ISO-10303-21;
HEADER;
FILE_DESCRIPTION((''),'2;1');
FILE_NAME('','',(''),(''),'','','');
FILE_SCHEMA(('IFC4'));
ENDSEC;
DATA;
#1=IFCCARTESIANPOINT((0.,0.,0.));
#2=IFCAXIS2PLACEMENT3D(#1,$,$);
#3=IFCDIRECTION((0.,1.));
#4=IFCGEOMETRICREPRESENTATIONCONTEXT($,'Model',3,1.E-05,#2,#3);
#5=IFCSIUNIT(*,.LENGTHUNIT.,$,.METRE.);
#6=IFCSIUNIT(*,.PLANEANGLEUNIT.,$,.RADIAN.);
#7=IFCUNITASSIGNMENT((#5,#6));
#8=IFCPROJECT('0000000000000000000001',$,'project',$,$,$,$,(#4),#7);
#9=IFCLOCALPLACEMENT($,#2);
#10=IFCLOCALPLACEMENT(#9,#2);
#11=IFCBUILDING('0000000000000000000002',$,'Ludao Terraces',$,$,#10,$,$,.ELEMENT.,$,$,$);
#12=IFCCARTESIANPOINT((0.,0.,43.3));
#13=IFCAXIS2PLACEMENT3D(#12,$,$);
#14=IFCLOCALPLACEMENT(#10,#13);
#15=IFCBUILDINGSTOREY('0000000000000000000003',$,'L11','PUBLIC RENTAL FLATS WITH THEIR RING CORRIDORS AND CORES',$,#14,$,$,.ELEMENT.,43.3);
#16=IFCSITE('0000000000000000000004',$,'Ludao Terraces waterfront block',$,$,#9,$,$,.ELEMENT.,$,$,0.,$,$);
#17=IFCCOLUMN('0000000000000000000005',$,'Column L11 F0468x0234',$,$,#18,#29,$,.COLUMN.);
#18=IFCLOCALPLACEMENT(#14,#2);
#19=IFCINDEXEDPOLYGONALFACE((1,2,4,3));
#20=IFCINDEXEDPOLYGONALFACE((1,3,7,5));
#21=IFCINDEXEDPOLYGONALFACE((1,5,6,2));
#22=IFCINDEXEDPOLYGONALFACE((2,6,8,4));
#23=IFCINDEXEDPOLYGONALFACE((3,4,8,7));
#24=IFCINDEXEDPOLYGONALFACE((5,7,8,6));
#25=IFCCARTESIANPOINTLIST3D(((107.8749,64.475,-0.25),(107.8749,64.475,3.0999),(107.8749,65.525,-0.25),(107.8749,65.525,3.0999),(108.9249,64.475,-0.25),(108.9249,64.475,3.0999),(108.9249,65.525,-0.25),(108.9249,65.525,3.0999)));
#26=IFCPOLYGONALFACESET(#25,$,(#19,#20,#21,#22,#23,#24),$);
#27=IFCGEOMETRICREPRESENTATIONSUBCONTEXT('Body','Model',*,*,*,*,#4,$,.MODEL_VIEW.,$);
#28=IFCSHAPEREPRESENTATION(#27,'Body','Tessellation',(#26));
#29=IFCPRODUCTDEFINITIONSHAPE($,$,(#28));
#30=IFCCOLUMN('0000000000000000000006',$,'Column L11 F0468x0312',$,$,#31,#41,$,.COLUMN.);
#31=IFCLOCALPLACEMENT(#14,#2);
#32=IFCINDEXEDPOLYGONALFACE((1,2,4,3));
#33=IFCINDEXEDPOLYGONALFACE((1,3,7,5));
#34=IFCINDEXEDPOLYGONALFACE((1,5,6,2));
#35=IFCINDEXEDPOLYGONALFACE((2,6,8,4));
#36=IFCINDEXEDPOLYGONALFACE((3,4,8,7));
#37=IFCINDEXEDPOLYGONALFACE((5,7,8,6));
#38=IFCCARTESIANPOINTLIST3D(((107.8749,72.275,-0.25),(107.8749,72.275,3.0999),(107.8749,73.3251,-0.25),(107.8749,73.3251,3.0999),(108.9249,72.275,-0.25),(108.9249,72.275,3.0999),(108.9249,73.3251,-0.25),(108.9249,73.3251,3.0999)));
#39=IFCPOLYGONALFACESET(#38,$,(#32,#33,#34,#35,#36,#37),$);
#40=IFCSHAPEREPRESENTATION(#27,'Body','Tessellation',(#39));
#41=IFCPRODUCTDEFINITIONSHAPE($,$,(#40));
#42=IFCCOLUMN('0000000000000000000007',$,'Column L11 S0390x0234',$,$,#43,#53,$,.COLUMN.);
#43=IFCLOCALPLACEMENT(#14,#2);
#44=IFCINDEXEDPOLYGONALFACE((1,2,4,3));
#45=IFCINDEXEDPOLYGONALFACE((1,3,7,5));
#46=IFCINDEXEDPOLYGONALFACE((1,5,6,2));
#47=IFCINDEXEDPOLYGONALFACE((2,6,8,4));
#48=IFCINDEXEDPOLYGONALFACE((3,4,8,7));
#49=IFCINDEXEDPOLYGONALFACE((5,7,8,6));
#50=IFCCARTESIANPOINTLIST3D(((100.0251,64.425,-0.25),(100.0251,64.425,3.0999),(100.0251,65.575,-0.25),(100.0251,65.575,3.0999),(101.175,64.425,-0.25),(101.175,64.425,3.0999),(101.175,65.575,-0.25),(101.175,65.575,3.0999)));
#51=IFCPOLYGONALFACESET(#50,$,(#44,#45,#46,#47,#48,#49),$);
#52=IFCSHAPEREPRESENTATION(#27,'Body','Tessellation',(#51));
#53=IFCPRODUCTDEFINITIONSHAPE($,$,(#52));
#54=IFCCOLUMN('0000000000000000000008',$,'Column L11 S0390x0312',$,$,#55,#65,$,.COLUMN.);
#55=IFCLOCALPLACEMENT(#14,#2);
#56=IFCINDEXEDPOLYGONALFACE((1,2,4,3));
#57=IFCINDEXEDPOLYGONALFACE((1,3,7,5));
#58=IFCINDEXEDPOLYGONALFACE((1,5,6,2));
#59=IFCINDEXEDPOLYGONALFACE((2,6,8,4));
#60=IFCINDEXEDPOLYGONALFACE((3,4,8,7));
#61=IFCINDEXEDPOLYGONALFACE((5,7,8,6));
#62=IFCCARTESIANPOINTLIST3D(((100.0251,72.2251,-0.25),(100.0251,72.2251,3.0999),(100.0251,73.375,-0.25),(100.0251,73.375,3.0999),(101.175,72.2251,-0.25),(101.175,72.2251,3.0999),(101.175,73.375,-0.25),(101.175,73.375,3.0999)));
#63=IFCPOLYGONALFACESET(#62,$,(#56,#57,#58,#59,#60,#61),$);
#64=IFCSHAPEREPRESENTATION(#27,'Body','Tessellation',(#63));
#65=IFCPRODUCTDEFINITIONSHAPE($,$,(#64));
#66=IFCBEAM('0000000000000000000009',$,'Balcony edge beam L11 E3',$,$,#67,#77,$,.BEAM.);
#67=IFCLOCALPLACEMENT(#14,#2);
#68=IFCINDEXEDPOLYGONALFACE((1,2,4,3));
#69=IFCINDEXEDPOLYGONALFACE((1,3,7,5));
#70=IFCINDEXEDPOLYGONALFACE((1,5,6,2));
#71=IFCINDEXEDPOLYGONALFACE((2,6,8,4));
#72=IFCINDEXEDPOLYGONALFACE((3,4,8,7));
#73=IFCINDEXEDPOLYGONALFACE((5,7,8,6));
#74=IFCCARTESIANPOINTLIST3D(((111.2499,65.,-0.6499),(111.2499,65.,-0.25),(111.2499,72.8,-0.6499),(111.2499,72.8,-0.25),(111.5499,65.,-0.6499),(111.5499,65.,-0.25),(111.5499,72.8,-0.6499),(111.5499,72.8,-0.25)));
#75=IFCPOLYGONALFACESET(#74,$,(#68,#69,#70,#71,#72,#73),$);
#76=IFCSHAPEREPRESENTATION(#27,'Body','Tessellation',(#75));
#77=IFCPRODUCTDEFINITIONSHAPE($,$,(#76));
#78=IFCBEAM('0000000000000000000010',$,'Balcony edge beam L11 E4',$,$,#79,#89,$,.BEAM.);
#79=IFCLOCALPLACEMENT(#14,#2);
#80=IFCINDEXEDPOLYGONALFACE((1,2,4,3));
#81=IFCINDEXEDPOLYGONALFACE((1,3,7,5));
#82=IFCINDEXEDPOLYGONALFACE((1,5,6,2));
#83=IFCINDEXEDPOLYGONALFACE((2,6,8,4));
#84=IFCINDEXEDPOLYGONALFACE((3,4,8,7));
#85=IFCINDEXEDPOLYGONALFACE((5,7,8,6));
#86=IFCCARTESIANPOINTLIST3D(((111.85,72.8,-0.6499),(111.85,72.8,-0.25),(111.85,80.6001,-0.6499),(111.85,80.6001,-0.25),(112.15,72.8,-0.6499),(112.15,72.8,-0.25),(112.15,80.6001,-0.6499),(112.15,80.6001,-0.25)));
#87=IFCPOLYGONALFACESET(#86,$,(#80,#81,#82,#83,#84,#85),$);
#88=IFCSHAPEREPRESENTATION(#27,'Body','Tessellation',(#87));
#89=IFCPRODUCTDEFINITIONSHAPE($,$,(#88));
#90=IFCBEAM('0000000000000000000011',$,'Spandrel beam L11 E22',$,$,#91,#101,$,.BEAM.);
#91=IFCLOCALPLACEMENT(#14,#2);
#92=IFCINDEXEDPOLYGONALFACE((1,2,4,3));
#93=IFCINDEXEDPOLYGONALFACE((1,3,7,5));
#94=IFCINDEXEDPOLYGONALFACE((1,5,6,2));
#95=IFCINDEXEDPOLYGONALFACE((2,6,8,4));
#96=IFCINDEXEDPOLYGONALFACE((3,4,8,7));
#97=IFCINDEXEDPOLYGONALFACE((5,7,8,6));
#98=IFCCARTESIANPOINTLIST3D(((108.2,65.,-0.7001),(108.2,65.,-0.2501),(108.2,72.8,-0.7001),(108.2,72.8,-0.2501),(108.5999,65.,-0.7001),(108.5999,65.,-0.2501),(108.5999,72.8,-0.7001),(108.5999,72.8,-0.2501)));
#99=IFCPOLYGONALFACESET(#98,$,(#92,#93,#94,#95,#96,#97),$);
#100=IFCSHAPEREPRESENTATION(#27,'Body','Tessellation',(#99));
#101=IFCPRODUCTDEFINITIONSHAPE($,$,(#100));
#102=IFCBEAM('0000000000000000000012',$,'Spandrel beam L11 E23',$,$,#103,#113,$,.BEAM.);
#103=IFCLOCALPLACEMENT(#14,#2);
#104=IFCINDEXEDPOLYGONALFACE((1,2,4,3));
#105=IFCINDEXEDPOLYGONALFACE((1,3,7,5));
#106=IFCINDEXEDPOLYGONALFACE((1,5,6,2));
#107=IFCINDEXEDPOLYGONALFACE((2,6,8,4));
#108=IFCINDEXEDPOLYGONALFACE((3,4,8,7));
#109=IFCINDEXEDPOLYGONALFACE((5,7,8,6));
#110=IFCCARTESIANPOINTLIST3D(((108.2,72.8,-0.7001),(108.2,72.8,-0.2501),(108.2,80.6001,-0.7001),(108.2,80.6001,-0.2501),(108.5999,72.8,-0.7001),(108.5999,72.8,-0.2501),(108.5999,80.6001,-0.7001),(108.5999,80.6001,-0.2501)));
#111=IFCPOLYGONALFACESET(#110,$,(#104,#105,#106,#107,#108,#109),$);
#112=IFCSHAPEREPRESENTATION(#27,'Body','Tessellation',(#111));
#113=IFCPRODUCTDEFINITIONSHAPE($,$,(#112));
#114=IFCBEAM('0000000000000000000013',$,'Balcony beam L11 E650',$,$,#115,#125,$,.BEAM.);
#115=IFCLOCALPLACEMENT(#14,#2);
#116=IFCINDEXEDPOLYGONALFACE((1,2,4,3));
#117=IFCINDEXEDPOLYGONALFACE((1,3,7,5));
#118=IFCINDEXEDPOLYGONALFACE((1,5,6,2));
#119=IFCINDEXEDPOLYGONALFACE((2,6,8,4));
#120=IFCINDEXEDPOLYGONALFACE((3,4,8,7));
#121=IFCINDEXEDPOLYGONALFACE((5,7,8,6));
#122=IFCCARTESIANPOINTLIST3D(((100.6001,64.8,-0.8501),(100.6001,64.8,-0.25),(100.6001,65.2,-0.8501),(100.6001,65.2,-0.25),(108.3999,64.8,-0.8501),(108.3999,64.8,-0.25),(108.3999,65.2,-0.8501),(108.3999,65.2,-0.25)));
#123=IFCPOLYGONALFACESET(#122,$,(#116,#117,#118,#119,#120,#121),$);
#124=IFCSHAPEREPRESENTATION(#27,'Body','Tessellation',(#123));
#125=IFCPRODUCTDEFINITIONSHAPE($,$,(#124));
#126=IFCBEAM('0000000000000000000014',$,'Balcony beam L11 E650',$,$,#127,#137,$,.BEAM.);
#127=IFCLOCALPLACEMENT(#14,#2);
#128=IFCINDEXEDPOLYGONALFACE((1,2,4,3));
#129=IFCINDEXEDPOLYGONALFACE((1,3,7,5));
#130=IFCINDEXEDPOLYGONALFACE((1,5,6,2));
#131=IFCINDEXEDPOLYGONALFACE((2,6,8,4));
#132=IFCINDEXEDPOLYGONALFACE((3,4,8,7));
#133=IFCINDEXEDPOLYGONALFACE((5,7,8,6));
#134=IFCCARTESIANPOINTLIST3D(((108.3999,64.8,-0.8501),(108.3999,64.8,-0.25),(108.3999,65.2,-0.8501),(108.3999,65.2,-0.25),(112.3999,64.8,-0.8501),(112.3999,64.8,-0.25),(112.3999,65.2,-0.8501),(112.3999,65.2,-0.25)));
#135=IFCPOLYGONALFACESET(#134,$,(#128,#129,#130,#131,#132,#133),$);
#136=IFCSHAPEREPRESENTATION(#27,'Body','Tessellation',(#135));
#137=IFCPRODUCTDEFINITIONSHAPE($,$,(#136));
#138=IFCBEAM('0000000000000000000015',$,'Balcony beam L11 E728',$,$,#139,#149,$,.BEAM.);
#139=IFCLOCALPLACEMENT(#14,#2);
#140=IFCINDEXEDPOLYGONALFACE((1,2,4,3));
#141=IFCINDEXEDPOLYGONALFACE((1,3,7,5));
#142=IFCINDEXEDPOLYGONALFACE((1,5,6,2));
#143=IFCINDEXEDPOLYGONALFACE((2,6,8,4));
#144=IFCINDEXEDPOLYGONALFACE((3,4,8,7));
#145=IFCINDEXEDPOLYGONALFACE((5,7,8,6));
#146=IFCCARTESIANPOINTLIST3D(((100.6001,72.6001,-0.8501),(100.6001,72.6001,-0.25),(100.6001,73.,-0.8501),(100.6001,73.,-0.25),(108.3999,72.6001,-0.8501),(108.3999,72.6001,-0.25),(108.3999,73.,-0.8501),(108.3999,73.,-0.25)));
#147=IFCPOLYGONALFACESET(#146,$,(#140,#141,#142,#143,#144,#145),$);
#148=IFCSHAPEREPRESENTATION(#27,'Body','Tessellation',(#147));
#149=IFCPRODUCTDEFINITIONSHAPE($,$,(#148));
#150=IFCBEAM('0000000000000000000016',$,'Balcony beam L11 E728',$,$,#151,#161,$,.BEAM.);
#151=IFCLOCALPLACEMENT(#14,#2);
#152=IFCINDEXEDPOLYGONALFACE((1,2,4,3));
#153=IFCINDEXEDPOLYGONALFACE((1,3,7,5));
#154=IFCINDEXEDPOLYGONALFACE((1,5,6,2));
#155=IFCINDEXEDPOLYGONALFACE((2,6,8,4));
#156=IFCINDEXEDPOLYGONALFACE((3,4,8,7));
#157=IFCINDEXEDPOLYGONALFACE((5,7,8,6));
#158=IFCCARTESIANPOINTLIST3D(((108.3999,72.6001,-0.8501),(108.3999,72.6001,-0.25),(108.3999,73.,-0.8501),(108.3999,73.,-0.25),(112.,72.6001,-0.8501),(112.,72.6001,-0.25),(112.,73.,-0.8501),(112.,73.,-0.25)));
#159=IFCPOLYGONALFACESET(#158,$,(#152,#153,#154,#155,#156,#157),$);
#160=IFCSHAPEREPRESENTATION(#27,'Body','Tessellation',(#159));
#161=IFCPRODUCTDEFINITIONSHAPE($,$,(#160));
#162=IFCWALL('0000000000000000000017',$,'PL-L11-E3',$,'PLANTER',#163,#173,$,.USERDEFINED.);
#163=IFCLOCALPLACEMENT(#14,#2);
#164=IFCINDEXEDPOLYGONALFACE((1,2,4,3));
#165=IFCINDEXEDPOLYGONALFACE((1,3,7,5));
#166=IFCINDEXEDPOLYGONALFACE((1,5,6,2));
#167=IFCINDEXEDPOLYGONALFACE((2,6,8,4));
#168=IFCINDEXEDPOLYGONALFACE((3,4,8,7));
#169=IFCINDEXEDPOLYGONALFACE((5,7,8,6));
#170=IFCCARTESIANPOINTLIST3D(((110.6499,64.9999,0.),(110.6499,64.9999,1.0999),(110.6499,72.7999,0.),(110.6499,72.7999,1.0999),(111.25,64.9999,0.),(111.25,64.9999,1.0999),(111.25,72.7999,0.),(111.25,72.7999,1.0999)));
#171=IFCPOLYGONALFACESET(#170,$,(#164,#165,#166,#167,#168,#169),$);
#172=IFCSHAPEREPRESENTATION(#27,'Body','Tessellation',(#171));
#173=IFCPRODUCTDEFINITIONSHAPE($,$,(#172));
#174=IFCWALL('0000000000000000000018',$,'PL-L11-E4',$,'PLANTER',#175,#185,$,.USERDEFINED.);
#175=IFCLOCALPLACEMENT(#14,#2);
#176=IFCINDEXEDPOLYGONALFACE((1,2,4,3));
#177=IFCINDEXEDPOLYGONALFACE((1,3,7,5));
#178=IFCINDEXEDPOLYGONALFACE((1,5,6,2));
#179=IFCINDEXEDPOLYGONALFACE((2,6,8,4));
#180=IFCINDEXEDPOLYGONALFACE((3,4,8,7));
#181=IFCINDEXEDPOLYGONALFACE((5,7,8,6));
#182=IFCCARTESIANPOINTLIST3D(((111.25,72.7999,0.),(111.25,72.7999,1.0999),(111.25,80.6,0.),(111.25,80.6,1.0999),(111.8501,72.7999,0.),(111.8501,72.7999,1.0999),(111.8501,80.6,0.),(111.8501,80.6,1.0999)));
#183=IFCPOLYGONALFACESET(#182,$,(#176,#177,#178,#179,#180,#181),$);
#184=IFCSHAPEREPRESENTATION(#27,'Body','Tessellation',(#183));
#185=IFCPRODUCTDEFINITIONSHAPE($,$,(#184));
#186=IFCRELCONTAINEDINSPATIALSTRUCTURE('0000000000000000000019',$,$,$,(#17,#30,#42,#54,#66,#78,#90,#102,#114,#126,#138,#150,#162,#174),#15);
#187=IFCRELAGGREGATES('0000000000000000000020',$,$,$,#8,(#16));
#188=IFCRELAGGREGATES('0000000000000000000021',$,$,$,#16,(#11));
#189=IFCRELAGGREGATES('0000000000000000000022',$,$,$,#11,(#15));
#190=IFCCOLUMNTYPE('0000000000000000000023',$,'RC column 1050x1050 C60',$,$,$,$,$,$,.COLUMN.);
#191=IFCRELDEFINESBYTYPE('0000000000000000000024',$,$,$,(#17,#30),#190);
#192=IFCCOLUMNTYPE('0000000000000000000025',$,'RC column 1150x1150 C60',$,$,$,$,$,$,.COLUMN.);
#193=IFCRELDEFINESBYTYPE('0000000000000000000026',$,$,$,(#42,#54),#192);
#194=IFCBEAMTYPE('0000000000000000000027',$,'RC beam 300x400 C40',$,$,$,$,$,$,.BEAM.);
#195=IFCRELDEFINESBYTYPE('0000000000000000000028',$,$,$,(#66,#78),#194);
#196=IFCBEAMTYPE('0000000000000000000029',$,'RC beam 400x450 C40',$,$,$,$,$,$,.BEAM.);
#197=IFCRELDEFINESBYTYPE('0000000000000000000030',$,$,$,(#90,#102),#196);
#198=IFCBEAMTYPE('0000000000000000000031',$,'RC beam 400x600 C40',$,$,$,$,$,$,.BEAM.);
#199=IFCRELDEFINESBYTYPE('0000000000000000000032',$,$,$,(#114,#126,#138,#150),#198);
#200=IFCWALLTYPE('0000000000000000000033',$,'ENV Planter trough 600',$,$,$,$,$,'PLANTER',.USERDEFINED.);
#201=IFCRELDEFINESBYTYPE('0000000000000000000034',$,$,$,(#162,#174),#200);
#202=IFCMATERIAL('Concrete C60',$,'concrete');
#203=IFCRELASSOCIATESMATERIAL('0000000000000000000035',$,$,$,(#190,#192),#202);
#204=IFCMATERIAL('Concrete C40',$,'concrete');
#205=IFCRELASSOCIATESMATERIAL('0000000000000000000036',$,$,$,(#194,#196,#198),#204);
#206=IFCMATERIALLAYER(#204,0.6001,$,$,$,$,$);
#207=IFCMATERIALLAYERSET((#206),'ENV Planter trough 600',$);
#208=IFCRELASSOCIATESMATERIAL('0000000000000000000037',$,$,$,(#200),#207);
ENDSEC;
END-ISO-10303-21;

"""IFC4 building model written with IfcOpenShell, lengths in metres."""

from ifc_helpers import new_model, si_unit, direction, frame, frame_2d, origin, origin_2d, place, context, subcontext, project, spatial, rectangle, extrude, material, layer, layer_set, material_profile, profile_set, type_object, element, save


model = new_model("IFC4")

# Units and contexts
model_context = context("Model", 3, precision=1e-05, world=origin(), true_north=direction((0.0, 1.0)))
body_context = subcontext(model_context, "Body", "Model", "MODEL_VIEW")
ifc_project = project(units=[si_unit("LENGTHUNIT", "METRE"), si_unit("PLANEANGLEUNIT", "RADIAN")], contexts=[model_context])

# Site, building, storey
site_placement = place(None, origin())
site = spatial("IfcSite", under=ifc_project, at=site_placement, Name="Ludao Terraces waterfront block", CompositionType="ELEMENT", RefElevation=0.0)
building_placement = place(site_placement, origin())
building = spatial("IfcBuilding", under=site, at=building_placement, Name="Ludao Terraces", CompositionType="ELEMENT")
storey_placement = place(building_placement, frame((0.0, 0.0, 43.3)))
storey = spatial("IfcBuildingStorey", under=building, at=storey_placement, Name="L11", Description="PUBLIC RENTAL FLATS WITH THEIR RING CORRIDORS AND CORES", CompositionType="ELEMENT", Elevation=43.3)

# Columns
ifc_material_1 = material(Name="Concrete C60", Category="concrete")
ifc_material_profile_1 = material_profile(ifc_material_1, rectangle(XDim=1.05, YDim=1.05, at=origin_2d()), Name="1050 X 1050")
ifc_profile_set_1 = profile_set([ifc_material_profile_1], Name="Concrete C60")
column_type_1 = type_object("IfcColumnType", Name="RC column 1050x1050 C60", PredefinedType="COLUMN", material=ifc_profile_set_1)
for number, where, z_axis, x_axis, name in (
    (1, (108.3999, 65.0, -0.25), (0.0, 0.0, 1.0), (1.0, 0.0, 0.0), "Column L11 F0468x0234"),
    (2, (108.3999, 72.8, -0.25), (0.0, 0.0, 1.0), (1.0, 0.0, 0.0), "Column L11 F0468x0312"),
):
    element("IfcColumn", number, at=place(storey_placement, frame(where, z_axis=z_axis, x_axis=x_axis)), inside=storey, type_object=column_type_1, Name=name, PredefinedType="COLUMN", context=body_context, shape_type="SweptSolid", body=[
        extrude(rectangle(XDim=1.05, YDim=1.05, at=origin_2d()), origin(), (0.0, 0.0, 1.0), 3.3499),
    ])
ifc_material_profile_2 = material_profile(ifc_material_1, rectangle(XDim=1.1499, YDim=1.1499, at=origin_2d()), Name="1150 X 1150")
ifc_profile_set_2 = profile_set([ifc_material_profile_2], Name="Concrete C60")
column_type_2 = type_object("IfcColumnType", Name="RC column 1150x1150 C60", PredefinedType="COLUMN", material=ifc_profile_set_2)
for number, where, z_axis, x_axis, name in (
    (3, (100.6001, 65.0, -0.25), (0.0, 0.0, 1.0), (1.0, 0.0, 0.0), "Column L11 S0390x0234"),
    (4, (100.6001, 72.8, -0.25), (0.0, 0.0, 1.0), (1.0, 0.0, 0.0), "Column L11 S0390x0312"),
):
    element("IfcColumn", number, at=place(storey_placement, frame(where, z_axis=z_axis, x_axis=x_axis)), inside=storey, type_object=column_type_2, Name=name, PredefinedType="COLUMN", context=body_context, shape_type="SweptSolid", body=[
        extrude(rectangle(XDim=1.1499, YDim=1.1499, at=origin_2d()), origin(), (0.0, 0.0, 1.0), 3.3499),
    ])

# Beams
ifc_material_2 = material(Name="Concrete C40", Category="concrete")
ifc_material_profile_3 = material_profile(ifc_material_2, rectangle(XDim=0.3, YDim=0.3999, at=origin_2d()), Name="300 X 400")
ifc_profile_set_3 = profile_set([ifc_material_profile_3], Name="Concrete C40")
beam_type_1 = type_object("IfcBeamType", Name="RC beam 300x400 C40", PredefinedType="BEAM", material=ifc_profile_set_3)
for number, where, z_axis, x_axis, name in (
    (5, (111.3999, 65.0, -0.45), (0.0, 1.0, 0.0), (-1.0, 0.0, 0.0), "Balcony edge beam L11 E3"),
    (6, (112.0, 72.8, -0.45), (0.0, 1.0, 0.0), (-1.0, 0.0, 0.0), "Balcony edge beam L11 E4"),
):
    element("IfcBeam", number, at=place(storey_placement, frame(where, z_axis=z_axis, x_axis=x_axis)), inside=storey, type_object=beam_type_1, Name=name, PredefinedType="BEAM", context=body_context, shape_type="SweptSolid", body=[
        extrude(rectangle(XDim=0.3, YDim=0.3999, at=origin_2d()), origin(), (0.0, 0.0, 1.0), 7.8),
    ])
ifc_material_profile_4 = material_profile(ifc_material_2, rectangle(XDim=0.3999, YDim=0.45, at=origin_2d()), Name="400 X 450")
ifc_profile_set_4 = profile_set([ifc_material_profile_4], Name="Concrete C40")
beam_type_2 = type_object("IfcBeamType", Name="RC beam 400x450 C40", PredefinedType="BEAM", material=ifc_profile_set_4)
for number, where, z_axis, x_axis, name in (
    (7, (108.3999, 65.0, -0.4751), (0.0, 1.0, 0.0), (-1.0, 0.0, 0.0), "Spandrel beam L11 E22"),
    (8, (108.3999, 72.8, -0.4751), (0.0, 1.0, 0.0), (-1.0, 0.0, 0.0), "Spandrel beam L11 E23"),
):
    element("IfcBeam", number, at=place(storey_placement, frame(where, z_axis=z_axis, x_axis=x_axis)), inside=storey, type_object=beam_type_2, Name=name, PredefinedType="BEAM", context=body_context, shape_type="SweptSolid", body=[
        extrude(rectangle(XDim=0.3999, YDim=0.45, at=origin_2d()), origin(), (0.0, 0.0, 1.0), 7.8),
    ])
ifc_material_profile_5 = material_profile(ifc_material_2, rectangle(XDim=0.3999, YDim=0.6001, at=origin_2d()), Name="400 X 600")
ifc_profile_set_5 = profile_set([ifc_material_profile_5], Name="Concrete C40")
beam_type_3 = type_object("IfcBeamType", Name="RC beam 400x600 C40", PredefinedType="BEAM", material=ifc_profile_set_5)
beam_1_placement = place(storey_placement, frame((100.6001, 65.0, -0.55), z_axis=(1.0, 0.0, 0.0), x_axis=(0.0, 1.0, 0.0)))
element("IfcBeam", 9, at=beam_1_placement, inside=storey, type_object=beam_type_3, Name="Balcony beam L11 E650", PredefinedType="BEAM", context=body_context, shape_type="SweptSolid", body=[
    extrude(rectangle(XDim=0.3999, YDim=0.6001, at=origin_2d()), origin(), (0.0, 0.0, 1.0), 7.7998),
])
beam_2_placement = place(storey_placement, frame((108.3999, 65.0, -0.55), z_axis=(1.0, 0.0, 0.0), x_axis=(0.0, 1.0, 0.0)))
element("IfcBeam", 10, at=beam_2_placement, inside=storey, type_object=beam_type_3, Name="Balcony beam L11 E650", PredefinedType="BEAM", context=body_context, shape_type="SweptSolid", body=[
    extrude(rectangle(XDim=0.3999, YDim=0.6001, at=origin_2d()), origin(), (0.0, 0.0, 1.0), 4.0),
])
beam_3_placement = place(storey_placement, frame((100.6001, 72.8, -0.55), z_axis=(1.0, 0.0, 0.0), x_axis=(0.0, 1.0, 0.0)))
element("IfcBeam", 11, at=beam_3_placement, inside=storey, type_object=beam_type_3, Name="Balcony beam L11 E728", PredefinedType="BEAM", context=body_context, shape_type="SweptSolid", body=[
    extrude(rectangle(XDim=0.3999, YDim=0.6001, at=origin_2d()), origin(), (0.0, 0.0, 1.0), 7.7998),
])
beam_4_placement = place(storey_placement, frame((108.3999, 72.8, -0.55), z_axis=(1.0, 0.0, 0.0), x_axis=(0.0, 1.0, 0.0)))
element("IfcBeam", 12, at=beam_4_placement, inside=storey, type_object=beam_type_3, Name="Balcony beam L11 E728", PredefinedType="BEAM", context=body_context, shape_type="SweptSolid", body=[
    extrude(rectangle(XDim=0.3999, YDim=0.6001, at=origin_2d()), origin(), (0.0, 0.0, 1.0), 3.6001),
])

# Walls
ifc_layer_1 = layer(ifc_material_2, 0.6001)
ifc_layer_set_1 = layer_set([ifc_layer_1], Name="ENV Planter trough 600")
wall_type_1 = type_object("IfcWallType", Name="ENV Planter trough 600", ElementType="PLANTER", PredefinedType="USERDEFINED", material=ifc_layer_set_1)
for number, where, z_axis, x_axis, name in (
    (13, (110.95, 65.0, 0.0), (0.0, 0.0, 1.0), (0.0, 1.0, 0.0), "PL-L11-E3"),
    (14, (111.55, 72.8, 0.0), (0.0, 0.0, 1.0), (0.0, 1.0, 0.0), "PL-L11-E4"),
):
    element("IfcWall", number, at=place(storey_placement, frame(where, z_axis=z_axis, x_axis=x_axis)), inside=storey, type_object=wall_type_1, Name=name, ObjectType="PLANTER", PredefinedType="USERDEFINED", context=body_context, shape_type="SweptSolid", body=[
        extrude(rectangle(XDim=7.8, YDim=0.6001, at=frame_2d((3.8999, 0.0))), origin(), (0.0, 0.0, 1.0), 1.0999),
    ])

save(model, "model.ifc")
